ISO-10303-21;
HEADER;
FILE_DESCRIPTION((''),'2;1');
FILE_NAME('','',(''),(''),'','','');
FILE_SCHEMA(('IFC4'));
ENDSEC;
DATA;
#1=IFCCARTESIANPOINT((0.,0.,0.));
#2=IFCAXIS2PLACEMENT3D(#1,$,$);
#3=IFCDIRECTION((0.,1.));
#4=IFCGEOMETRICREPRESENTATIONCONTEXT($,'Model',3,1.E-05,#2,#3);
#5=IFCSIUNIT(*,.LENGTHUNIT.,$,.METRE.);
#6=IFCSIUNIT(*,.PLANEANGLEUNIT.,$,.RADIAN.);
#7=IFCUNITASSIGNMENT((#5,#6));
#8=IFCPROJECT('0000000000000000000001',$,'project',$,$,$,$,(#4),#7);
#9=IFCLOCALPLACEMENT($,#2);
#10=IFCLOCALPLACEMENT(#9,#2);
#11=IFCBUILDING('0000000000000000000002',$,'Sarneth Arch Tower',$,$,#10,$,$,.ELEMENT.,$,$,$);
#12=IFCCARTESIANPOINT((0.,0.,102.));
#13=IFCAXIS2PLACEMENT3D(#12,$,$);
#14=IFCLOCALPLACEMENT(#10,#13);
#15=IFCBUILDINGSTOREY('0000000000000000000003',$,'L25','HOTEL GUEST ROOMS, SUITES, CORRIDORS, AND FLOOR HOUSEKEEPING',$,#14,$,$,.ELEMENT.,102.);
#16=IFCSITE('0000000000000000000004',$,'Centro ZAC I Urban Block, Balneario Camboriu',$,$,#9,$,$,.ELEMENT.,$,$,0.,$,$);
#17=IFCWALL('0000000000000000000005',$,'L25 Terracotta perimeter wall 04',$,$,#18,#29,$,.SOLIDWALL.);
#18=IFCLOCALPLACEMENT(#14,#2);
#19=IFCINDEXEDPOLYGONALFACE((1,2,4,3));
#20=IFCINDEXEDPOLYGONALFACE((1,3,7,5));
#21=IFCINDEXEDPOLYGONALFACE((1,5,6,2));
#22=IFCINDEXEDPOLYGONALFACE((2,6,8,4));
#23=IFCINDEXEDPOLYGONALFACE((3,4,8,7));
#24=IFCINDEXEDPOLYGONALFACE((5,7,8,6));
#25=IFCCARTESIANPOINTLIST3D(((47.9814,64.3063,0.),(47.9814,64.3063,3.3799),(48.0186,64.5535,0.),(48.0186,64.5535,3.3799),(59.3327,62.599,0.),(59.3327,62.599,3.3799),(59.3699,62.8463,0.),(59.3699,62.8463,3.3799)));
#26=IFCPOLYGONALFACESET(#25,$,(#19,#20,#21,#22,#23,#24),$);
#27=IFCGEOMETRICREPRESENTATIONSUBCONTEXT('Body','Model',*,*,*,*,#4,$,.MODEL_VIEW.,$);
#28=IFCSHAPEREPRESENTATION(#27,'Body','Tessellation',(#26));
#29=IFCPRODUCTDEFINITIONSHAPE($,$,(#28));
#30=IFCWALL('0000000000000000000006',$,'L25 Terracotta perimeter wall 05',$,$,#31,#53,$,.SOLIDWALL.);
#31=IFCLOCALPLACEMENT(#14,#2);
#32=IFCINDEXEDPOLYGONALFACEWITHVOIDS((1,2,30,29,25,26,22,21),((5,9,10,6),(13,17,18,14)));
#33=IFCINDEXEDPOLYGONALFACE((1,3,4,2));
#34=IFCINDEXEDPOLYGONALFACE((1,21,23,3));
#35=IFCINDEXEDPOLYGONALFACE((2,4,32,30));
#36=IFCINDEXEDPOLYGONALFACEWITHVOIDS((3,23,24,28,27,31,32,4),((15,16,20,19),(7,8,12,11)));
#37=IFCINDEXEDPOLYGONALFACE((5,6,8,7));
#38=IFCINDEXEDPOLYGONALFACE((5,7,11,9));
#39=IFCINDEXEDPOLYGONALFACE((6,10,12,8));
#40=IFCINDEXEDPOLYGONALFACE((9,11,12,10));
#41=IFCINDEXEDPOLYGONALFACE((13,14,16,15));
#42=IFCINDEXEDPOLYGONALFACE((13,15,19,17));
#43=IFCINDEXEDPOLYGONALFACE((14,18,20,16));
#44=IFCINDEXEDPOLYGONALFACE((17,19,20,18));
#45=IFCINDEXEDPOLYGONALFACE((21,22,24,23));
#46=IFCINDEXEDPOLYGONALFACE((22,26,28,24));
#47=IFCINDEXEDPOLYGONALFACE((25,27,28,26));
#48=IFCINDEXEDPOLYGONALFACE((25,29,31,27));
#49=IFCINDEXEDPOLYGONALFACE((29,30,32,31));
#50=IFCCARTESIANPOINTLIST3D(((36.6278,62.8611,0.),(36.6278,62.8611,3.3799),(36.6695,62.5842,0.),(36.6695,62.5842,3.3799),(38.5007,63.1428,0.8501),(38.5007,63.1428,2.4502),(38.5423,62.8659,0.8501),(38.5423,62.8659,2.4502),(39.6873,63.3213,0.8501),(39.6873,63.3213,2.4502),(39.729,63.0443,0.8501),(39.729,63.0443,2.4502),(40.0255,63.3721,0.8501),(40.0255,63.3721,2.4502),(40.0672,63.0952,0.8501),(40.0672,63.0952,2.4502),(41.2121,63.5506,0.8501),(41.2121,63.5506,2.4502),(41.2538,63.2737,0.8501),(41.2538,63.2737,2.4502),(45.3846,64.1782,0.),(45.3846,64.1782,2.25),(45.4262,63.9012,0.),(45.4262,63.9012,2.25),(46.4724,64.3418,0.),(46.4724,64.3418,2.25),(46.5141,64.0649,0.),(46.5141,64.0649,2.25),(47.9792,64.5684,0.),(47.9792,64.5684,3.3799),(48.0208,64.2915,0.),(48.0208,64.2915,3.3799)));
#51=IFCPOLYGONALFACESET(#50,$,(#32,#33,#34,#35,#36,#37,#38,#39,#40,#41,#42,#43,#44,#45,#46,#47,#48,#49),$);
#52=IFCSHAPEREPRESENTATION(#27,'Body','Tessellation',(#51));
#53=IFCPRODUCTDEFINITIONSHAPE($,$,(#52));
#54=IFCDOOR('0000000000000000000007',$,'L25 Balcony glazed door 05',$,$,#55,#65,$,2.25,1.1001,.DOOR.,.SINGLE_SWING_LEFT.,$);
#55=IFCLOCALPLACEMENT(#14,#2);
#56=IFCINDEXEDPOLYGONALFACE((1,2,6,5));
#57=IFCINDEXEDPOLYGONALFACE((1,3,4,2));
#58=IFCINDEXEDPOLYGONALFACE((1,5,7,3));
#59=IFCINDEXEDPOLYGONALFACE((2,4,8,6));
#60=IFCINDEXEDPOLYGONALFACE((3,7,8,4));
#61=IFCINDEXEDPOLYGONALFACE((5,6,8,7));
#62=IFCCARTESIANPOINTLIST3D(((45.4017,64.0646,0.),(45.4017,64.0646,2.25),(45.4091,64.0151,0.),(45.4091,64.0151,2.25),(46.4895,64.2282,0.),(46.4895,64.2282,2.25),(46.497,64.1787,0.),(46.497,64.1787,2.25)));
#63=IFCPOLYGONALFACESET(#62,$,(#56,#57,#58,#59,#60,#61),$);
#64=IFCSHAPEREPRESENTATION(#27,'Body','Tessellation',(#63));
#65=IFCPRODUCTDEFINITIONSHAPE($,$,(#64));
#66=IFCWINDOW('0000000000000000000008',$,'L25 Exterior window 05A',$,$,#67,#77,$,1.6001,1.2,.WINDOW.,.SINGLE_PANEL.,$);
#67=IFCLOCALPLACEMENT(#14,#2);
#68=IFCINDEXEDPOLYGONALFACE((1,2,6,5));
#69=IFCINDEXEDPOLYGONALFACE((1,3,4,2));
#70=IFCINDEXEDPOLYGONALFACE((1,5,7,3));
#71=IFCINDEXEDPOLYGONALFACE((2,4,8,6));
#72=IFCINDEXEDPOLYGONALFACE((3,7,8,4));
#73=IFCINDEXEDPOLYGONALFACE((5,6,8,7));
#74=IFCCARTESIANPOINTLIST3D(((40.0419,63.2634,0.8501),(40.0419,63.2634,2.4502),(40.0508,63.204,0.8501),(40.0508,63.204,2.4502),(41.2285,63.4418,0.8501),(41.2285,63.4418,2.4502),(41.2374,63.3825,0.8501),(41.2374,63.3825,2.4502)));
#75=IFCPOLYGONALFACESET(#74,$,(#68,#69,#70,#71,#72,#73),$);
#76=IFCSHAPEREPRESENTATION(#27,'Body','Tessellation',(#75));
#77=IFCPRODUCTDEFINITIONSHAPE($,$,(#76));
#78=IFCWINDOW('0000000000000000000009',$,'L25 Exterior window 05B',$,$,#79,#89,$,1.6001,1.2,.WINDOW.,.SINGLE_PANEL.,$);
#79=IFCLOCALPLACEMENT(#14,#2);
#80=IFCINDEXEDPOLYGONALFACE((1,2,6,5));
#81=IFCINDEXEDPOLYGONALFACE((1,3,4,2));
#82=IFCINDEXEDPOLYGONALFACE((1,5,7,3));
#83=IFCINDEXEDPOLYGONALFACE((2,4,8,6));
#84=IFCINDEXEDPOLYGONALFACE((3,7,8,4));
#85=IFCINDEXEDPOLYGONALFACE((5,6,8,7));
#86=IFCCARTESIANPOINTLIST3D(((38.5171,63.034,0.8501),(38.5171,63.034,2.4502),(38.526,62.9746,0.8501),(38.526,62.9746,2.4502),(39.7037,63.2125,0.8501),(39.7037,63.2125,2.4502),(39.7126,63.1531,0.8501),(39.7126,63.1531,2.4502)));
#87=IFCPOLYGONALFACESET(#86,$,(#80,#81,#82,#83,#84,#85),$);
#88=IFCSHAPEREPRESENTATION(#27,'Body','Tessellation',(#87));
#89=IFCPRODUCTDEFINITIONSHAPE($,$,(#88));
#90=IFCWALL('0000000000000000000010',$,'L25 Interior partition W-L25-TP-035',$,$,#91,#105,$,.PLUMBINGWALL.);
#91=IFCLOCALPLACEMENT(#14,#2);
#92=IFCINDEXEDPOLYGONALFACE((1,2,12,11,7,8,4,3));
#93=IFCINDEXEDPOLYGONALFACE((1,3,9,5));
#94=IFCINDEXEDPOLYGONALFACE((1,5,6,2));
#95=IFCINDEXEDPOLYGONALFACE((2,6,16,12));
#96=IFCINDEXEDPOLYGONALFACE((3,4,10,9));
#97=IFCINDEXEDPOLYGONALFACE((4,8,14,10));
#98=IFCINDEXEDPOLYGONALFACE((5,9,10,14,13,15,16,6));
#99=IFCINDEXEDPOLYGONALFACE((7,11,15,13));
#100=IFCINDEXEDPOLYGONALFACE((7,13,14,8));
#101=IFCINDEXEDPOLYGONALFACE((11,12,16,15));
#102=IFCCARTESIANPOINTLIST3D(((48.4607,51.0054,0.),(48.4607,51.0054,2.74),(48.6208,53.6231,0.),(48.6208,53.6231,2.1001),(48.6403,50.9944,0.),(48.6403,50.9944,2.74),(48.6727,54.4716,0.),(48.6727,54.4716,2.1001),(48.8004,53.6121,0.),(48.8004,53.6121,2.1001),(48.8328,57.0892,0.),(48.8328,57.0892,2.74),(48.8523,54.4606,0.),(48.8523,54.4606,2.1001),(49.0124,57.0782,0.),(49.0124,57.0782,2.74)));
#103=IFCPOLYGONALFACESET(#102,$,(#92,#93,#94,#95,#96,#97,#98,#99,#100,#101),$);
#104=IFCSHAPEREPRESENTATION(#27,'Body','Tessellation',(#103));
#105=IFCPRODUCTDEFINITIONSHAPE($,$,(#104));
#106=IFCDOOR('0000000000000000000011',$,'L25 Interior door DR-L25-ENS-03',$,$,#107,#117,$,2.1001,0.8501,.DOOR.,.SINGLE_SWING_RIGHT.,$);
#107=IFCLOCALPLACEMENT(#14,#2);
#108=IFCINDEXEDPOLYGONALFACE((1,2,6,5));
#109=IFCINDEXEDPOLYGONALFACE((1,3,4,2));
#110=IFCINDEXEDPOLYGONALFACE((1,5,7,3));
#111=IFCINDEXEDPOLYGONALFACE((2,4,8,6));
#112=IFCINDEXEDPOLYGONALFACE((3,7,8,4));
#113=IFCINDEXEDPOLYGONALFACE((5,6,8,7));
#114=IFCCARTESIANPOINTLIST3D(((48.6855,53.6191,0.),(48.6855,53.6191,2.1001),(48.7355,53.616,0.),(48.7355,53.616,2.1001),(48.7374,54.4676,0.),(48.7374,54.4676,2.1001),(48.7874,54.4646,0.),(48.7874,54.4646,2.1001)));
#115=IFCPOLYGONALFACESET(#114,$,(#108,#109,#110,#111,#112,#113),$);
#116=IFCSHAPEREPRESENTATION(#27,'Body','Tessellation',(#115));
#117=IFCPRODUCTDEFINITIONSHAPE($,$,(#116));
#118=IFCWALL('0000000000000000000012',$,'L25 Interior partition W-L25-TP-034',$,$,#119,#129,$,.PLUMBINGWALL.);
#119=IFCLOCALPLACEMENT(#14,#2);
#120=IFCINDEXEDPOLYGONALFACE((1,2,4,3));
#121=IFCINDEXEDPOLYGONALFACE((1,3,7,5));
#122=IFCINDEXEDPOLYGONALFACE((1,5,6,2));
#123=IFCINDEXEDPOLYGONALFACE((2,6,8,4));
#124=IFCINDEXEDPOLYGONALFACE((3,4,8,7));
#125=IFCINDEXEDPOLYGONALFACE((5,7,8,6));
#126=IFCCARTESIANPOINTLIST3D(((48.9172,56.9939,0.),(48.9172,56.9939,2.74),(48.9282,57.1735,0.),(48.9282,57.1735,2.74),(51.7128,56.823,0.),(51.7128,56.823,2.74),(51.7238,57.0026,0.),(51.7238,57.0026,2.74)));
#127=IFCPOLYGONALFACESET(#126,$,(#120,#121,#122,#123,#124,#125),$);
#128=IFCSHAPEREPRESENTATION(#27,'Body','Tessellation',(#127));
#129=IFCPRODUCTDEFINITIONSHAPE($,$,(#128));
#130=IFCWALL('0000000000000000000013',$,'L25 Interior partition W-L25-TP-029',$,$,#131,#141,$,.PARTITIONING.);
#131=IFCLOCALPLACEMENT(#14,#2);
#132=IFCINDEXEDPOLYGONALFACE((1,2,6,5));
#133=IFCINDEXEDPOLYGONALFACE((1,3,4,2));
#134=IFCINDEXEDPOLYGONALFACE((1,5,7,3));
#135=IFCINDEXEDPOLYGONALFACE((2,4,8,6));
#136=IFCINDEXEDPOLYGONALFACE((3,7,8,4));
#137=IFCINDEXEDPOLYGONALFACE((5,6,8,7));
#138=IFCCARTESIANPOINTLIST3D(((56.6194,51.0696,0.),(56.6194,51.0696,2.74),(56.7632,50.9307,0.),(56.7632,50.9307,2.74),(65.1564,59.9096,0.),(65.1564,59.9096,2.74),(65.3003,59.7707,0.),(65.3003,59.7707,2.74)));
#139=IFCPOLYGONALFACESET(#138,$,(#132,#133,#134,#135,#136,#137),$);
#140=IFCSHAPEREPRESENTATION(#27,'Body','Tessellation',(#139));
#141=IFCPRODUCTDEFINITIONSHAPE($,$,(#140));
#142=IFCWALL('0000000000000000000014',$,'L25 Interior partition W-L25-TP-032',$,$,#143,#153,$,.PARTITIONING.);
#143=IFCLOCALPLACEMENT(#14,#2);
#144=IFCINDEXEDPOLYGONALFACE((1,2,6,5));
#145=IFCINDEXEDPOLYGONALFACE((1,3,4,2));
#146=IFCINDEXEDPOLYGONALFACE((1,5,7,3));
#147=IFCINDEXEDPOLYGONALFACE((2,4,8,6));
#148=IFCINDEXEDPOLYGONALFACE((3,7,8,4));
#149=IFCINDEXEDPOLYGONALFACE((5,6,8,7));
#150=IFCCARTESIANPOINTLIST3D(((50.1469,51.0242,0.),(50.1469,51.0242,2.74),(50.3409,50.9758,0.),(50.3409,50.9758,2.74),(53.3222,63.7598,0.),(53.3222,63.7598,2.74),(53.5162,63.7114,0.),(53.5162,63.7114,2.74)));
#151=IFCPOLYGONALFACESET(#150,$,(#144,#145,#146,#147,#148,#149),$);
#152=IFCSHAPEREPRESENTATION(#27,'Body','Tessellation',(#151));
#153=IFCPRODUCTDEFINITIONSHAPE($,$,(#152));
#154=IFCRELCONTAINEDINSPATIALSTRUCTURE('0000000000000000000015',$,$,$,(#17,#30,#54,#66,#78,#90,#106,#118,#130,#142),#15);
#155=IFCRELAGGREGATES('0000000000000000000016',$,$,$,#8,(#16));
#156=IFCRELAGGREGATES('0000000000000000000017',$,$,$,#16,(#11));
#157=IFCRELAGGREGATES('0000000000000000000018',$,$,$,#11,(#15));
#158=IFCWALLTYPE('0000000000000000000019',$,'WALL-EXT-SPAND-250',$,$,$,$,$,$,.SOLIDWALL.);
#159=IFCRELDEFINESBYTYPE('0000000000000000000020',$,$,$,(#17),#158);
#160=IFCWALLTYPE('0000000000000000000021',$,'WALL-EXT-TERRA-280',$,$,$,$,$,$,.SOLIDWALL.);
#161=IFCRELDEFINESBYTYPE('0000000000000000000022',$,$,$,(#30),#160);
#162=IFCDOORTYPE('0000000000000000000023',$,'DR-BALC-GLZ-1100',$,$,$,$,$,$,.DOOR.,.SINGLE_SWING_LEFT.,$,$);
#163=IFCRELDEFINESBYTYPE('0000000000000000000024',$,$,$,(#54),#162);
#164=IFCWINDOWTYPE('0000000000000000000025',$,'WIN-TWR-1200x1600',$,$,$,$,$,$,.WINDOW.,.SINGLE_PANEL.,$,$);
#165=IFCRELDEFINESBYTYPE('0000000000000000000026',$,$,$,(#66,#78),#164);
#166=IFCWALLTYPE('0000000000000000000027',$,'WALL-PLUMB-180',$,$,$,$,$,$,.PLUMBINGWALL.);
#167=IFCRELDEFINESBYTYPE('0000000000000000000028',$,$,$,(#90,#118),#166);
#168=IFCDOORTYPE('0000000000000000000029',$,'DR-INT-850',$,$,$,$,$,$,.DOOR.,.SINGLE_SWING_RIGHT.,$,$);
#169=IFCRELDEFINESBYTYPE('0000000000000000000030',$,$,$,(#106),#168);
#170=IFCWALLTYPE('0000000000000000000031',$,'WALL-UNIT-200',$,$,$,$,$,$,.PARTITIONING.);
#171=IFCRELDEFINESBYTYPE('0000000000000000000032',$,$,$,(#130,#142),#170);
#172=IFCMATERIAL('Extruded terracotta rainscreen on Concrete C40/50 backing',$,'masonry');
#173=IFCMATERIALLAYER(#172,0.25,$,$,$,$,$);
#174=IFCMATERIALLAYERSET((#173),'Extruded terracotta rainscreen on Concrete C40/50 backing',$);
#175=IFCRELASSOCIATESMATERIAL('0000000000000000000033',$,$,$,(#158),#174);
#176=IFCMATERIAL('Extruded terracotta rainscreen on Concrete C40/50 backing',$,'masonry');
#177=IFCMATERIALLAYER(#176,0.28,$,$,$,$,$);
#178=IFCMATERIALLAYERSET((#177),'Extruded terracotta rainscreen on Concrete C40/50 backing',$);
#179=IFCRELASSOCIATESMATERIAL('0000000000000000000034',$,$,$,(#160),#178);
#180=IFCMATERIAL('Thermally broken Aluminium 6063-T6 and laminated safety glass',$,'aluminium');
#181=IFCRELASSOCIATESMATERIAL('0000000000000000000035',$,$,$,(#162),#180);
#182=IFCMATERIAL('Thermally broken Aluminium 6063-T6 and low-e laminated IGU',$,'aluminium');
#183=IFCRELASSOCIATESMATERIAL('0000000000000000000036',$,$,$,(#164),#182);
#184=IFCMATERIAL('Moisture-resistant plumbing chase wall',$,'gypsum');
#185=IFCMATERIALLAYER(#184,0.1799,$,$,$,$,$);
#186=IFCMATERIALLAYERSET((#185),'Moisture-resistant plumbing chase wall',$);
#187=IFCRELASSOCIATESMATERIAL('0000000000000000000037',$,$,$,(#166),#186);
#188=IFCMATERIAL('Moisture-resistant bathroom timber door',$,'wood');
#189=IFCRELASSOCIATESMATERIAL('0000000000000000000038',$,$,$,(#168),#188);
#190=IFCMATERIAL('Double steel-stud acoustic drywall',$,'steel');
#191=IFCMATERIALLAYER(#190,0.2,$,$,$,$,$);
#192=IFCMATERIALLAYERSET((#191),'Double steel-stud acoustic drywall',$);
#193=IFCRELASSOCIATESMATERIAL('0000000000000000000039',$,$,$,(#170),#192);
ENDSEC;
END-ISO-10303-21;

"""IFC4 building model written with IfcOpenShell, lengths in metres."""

from ifc_helpers import new_model, si_unit, direction, frame, frame_2d, origin, place, context, subcontext, project, spatial, rectangle, extrude, material, layer, layer_set, type_object, element, fill, save


model = new_model("IFC4")

# Units and contexts
model_context = context("Model", 3, precision=1e-05, world=origin(), true_north=direction((0.0, 1.0)))
body_context = subcontext(model_context, "Body", "Model", "MODEL_VIEW")
ifc_project = project(units=[si_unit("LENGTHUNIT", "METRE"), si_unit("PLANEANGLEUNIT", "RADIAN")], contexts=[model_context])

# Site, building, storey
site_placement = place(None, origin())
site = spatial("IfcSite", under=ifc_project, at=site_placement, Name="Centro ZAC I Urban Block, Balneario Camboriu", CompositionType="ELEMENT", RefElevation=0.0)
building_placement = place(site_placement, origin())
building = spatial("IfcBuilding", under=site, at=building_placement, Name="Sarneth Arch Tower", CompositionType="ELEMENT")
storey_placement = place(building_placement, frame((0.0, 0.0, 102.0)))
storey = spatial("IfcBuildingStorey", under=building, at=storey_placement, Name="L25", Description="HOTEL GUEST ROOMS, SUITES, CORRIDORS, AND FLOOR HOUSEKEEPING", CompositionType="ELEMENT", Elevation=102.0)

# Wall
ifc_material_1 = material(Name="Extruded terracotta rainscreen on Concrete C40/50 backing", Category="masonry")
ifc_layer_1 = layer(ifc_material_1, 0.25)
ifc_layer_set_1 = layer_set([ifc_layer_1], Name="Extruded terracotta rainscreen on Concrete C40/50 backing")
wall_type_1 = type_object("IfcWallType", Name="WALL-EXT-SPAND-250", PredefinedType="SOLIDWALL", material=ifc_layer_set_1)
wall_1_placement = place(storey_placement, frame((59.3513, 62.7227, 0.0), z_axis=(0.0, 0.0, 1.0), x_axis=(-0.988878, 0.14873, 0.0)))
element("IfcWall", 1, at=wall_1_placement, inside=storey, type_object=wall_type_1, Name="L25 Terracotta perimeter wall 04", PredefinedType="SOLIDWALL", context=body_context, shape_type="SweptSolid", body=[
    extrude(rectangle(XDim=11.479, YDim=0.25, at=frame_2d((5.7395, 0.0))), origin(), (0.0, 0.0, 1.0), 3.3799),
])

# Wall, openings, door, windows
ifc_material_2 = material(Name="Extruded terracotta rainscreen on Concrete C40/50 backing", Category="masonry")
ifc_layer_2 = layer(ifc_material_2, 0.28)
ifc_layer_set_2 = layer_set([ifc_layer_2], Name="Extruded terracotta rainscreen on Concrete C40/50 backing")
wall_type_2 = type_object("IfcWallType", Name="WALL-EXT-TERRA-280", PredefinedType="SOLIDWALL", material=ifc_layer_set_2)
wall_2_placement = place(storey_placement, frame((48.0, 64.4299, 0.0), z_axis=(0.0, 0.0, 1.0), x_axis=(-0.988878, -0.14873, 0.0)))
wall_2 = element("IfcWall", 2, at=wall_2_placement, inside=storey, type_object=wall_type_2, Name="L25 Terracotta perimeter wall 05", PredefinedType="SOLIDWALL", context=body_context, shape_type="SweptSolid", body=[
    extrude(rectangle(XDim=11.479, YDim=0.28, at=frame_2d((5.7395, 0.0))), origin(), (0.0, 0.0, 1.0), 3.3799),
])
opening_1_placement = place(wall_2_placement, frame((1.5237, 0.0, 0.0)))
opening_1 = element("IfcOpeningElement", 3, at=opening_1_placement, cuts=wall_2, PredefinedType="OPENING", context=body_context, shape_type="SweptSolid", body=[
    extrude(rectangle(XDim=1.1001, YDim=2.25, at=frame_2d((0.55, 1.125))), frame((0.0, 0.1499, 0.0), z_axis=(0.0, -1.0, 0.0), x_axis=(1.0, 0.0, 0.0)), (0.0, 0.0, 1.0), 0.3),
])
opening_2_placement = place(wall_2_placement, frame((6.843, 0.0, 0.8501)))
opening_2 = element("IfcOpeningElement", 4, at=opening_2_placement, cuts=wall_2, PredefinedType="OPENING", context=body_context, shape_type="SweptSolid", body=[
    extrude(rectangle(XDim=1.2, YDim=1.6001, at=frame_2d((0.6001, 0.8))), frame((0.0, 0.1499, 0.0), z_axis=(0.0, -1.0, 0.0), x_axis=(1.0, 0.0, 0.0)), (0.0, 0.0, 1.0), 0.3),
])
opening_3_placement = place(wall_2_placement, frame((8.385, 0.0, 0.8501)))
opening_3 = element("IfcOpeningElement", 5, at=opening_3_placement, cuts=wall_2, PredefinedType="OPENING", context=body_context, shape_type="SweptSolid", body=[
    extrude(rectangle(XDim=1.2, YDim=1.6001, at=frame_2d((0.6001, 0.8))), frame((0.0, 0.1499, 0.0), z_axis=(0.0, -1.0, 0.0), x_axis=(1.0, 0.0, 0.0)), (0.0, 0.0, 1.0), 0.3),
])
ifc_material_3 = material(Name="Thermally broken Aluminium 6063-T6 and laminated safety glass", Category="aluminium")
door_type_1 = type_object("IfcDoorType", Name="DR-BALC-GLZ-1100", OperationType="SINGLE_SWING_LEFT", PredefinedType="DOOR", material=ifc_material_3)
door_1_placement = place(opening_1_placement, origin())
door_1 = element("IfcDoor", 6, at=door_1_placement, inside=storey, type_object=door_type_1, Name="L25 Balcony glazed door 05", OperationType="SINGLE_SWING_LEFT", OverallHeight=2.25, OverallWidth=1.1001, PredefinedType="DOOR", context=body_context, shape_type="SweptSolid", body=[
    extrude(rectangle(XDim=1.1001, YDim=2.25, at=frame_2d((0.55, 1.125))), frame((0.0, 0.0249, 0.0), z_axis=(0.0, -1.0, 0.0), x_axis=(1.0, 0.0, 0.0)), (0.0, 0.0, 1.0), 0.05),
])
fill(opening_1, door_1)
ifc_material_4 = material(Name="Thermally broken Aluminium 6063-T6 and low-e laminated IGU", Category="aluminium")
window_type = type_object("IfcWindowType", Name="WIN-TWR-1200x1600", PartitioningType="SINGLE_PANEL", PredefinedType="WINDOW", material=ifc_material_4)
window_1_placement = place(opening_2_placement, origin())
window_1 = element("IfcWindow", 7, at=window_1_placement, inside=storey, type_object=window_type, Name="L25 Exterior window 05A", OverallHeight=1.6001, OverallWidth=1.2, PartitioningType="SINGLE_PANEL", PredefinedType="WINDOW", context=body_context, shape_type="SweptSolid", body=[
    extrude(rectangle(XDim=1.2, YDim=1.6001, at=frame_2d((0.6001, 0.8))), frame((0.0, 0.03, 0.0), z_axis=(0.0, -1.0, 0.0), x_axis=(1.0, 0.0, 0.0)), (0.0, 0.0, 1.0), 0.0601),
])
fill(opening_2, window_1)
window_2_placement = place(opening_3_placement, origin())
window_2 = element("IfcWindow", 8, at=window_2_placement, inside=storey, type_object=window_type, Name="L25 Exterior window 05B", OverallHeight=1.6001, OverallWidth=1.2, PartitioningType="SINGLE_PANEL", PredefinedType="WINDOW", context=body_context, shape_type="SweptSolid", body=[
    extrude(rectangle(XDim=1.2, YDim=1.6001, at=frame_2d((0.6001, 0.8))), frame((0.0, 0.03, 0.0), z_axis=(0.0, -1.0, 0.0), x_axis=(1.0, 0.0, 0.0)), (0.0, 0.0, 1.0), 0.0601),
])
fill(opening_3, window_2)

# Wall, opening, door
ifc_material_5 = material(Name="Moisture-resistant plumbing chase wall", Category="gypsum")
ifc_layer_3 = layer(ifc_material_5, 0.1799)
ifc_layer_set_3 = layer_set([ifc_layer_3], Name="Moisture-resistant plumbing chase wall")
wall_type_3 = type_object("IfcWallType", Name="WALL-PLUMB-180", PredefinedType="PLUMBINGWALL", material=ifc_layer_set_3)
wall_3_placement = place(storey_placement, frame((48.9226, 57.0837, 0.0), z_axis=(0.0, 0.0, 1.0), x_axis=(-0.061044, -0.998135, 0.0)))
wall_3 = element("IfcWall", 9, at=wall_3_placement, inside=storey, type_object=wall_type_3, Name="L25 Interior partition W-L25-TP-035", PredefinedType="PLUMBINGWALL", context=body_context, shape_type="SweptSolid", body=[
    extrude(rectangle(XDim=6.0952, YDim=0.1799, at=frame_2d((3.0476, 0.0))), origin(), (0.0, 0.0, 1.0), 2.74),
])
opening_4_placement = place(wall_3_placement, frame((2.6226, 0.0, 0.0)))
opening_4 = element("IfcOpeningElement", 10, at=opening_4_placement, cuts=wall_3, PredefinedType="OPENING", context=body_context, shape_type="SweptSolid", body=[
    extrude(rectangle(XDim=0.8501, YDim=2.1001, at=frame_2d((0.425, 1.05))), frame((0.0, 0.0999, 0.0), z_axis=(0.0, -1.0, 0.0), x_axis=(1.0, 0.0, 0.0)), (0.0, 0.0, 1.0), 0.2),
])
ifc_material_6 = material(Name="Moisture-resistant bathroom timber door", Category="wood")
door_type_2 = type_object("IfcDoorType", Name="DR-INT-850", OperationType="SINGLE_SWING_RIGHT", PredefinedType="DOOR", material=ifc_material_6)
door_2_placement = place(opening_4_placement, origin())
door_2 = element("IfcDoor", 11, at=door_2_placement, inside=storey, type_object=door_type_2, Name="L25 Interior door DR-L25-ENS-03", OperationType="SINGLE_SWING_RIGHT", OverallHeight=2.1001, OverallWidth=0.8501, PredefinedType="DOOR", context=body_context, shape_type="SweptSolid", body=[
    extrude(rectangle(XDim=0.8501, YDim=2.1001, at=frame_2d((0.425, 1.05))), frame((0.0, 0.0249, 0.0), z_axis=(0.0, -1.0, 0.0), x_axis=(1.0, 0.0, 0.0)), (0.0, 0.0, 1.0), 0.05),
])
fill(opening_4, door_2)

# Walls
wall_4_placement = place(storey_placement, frame((51.7183, 56.9128, 0.0), z_axis=(0.0, 0.0, 1.0), x_axis=(-0.998137, 0.061016, 0.0)))
element("IfcWall", 12, at=wall_4_placement, inside=storey, type_object=wall_type_3, Name="L25 Interior partition W-L25-TP-034", PredefinedType="PLUMBINGWALL", context=body_context, shape_type="SweptSolid", body=[
    extrude(rectangle(XDim=2.8008, YDim=0.1799, at=frame_2d((1.4004, 0.0))), origin(), (0.0, 0.0, 1.0), 2.74),
])
ifc_material_7 = material(Name="Double steel-stud acoustic drywall", Category="steel")
ifc_layer_4 = layer(ifc_material_7, 0.2)
ifc_layer_set_4 = layer_set([ifc_layer_4], Name="Double steel-stud acoustic drywall")
wall_type_4 = type_object("IfcWallType", Name="WALL-UNIT-200", PredefinedType="PARTITIONING", material=ifc_layer_set_4)
wall_5_placement = place(storey_placement, frame((65.2283, 59.8401, 0.0), z_axis=(0.0, 0.0, 1.0), x_axis=(-0.694673, -0.719326, 0.0)))
element("IfcWall", 13, at=wall_5_placement, inside=storey, type_object=wall_type_4, Name="L25 Interior partition W-L25-TP-029", PredefinedType="PARTITIONING", context=body_context, shape_type="SweptSolid", body=[
    extrude(rectangle(XDim=12.2893, YDim=0.2, at=frame_2d((6.1445, 0.0))), origin(), (0.0, 0.0, 1.0), 2.74),
])
wall_6_placement = place(storey_placement, frame((50.2439, 51.0, 0.0), z_axis=(0.0, 0.0, 1.0), x_axis=(0.241918, 0.970297, 0.0)))
element("IfcWall", 14, at=wall_6_placement, inside=storey, type_object=wall_type_4, Name="L25 Interior partition W-L25-TP-032", PredefinedType="PARTITIONING", context=body_context, shape_type="SweptSolid", body=[
    extrude(rectangle(XDim=13.1255, YDim=0.2, at=frame_2d((6.5627, 0.0))), origin(), (0.0, 0.0, 1.0), 2.74),
])

save(model, "model.ifc")
